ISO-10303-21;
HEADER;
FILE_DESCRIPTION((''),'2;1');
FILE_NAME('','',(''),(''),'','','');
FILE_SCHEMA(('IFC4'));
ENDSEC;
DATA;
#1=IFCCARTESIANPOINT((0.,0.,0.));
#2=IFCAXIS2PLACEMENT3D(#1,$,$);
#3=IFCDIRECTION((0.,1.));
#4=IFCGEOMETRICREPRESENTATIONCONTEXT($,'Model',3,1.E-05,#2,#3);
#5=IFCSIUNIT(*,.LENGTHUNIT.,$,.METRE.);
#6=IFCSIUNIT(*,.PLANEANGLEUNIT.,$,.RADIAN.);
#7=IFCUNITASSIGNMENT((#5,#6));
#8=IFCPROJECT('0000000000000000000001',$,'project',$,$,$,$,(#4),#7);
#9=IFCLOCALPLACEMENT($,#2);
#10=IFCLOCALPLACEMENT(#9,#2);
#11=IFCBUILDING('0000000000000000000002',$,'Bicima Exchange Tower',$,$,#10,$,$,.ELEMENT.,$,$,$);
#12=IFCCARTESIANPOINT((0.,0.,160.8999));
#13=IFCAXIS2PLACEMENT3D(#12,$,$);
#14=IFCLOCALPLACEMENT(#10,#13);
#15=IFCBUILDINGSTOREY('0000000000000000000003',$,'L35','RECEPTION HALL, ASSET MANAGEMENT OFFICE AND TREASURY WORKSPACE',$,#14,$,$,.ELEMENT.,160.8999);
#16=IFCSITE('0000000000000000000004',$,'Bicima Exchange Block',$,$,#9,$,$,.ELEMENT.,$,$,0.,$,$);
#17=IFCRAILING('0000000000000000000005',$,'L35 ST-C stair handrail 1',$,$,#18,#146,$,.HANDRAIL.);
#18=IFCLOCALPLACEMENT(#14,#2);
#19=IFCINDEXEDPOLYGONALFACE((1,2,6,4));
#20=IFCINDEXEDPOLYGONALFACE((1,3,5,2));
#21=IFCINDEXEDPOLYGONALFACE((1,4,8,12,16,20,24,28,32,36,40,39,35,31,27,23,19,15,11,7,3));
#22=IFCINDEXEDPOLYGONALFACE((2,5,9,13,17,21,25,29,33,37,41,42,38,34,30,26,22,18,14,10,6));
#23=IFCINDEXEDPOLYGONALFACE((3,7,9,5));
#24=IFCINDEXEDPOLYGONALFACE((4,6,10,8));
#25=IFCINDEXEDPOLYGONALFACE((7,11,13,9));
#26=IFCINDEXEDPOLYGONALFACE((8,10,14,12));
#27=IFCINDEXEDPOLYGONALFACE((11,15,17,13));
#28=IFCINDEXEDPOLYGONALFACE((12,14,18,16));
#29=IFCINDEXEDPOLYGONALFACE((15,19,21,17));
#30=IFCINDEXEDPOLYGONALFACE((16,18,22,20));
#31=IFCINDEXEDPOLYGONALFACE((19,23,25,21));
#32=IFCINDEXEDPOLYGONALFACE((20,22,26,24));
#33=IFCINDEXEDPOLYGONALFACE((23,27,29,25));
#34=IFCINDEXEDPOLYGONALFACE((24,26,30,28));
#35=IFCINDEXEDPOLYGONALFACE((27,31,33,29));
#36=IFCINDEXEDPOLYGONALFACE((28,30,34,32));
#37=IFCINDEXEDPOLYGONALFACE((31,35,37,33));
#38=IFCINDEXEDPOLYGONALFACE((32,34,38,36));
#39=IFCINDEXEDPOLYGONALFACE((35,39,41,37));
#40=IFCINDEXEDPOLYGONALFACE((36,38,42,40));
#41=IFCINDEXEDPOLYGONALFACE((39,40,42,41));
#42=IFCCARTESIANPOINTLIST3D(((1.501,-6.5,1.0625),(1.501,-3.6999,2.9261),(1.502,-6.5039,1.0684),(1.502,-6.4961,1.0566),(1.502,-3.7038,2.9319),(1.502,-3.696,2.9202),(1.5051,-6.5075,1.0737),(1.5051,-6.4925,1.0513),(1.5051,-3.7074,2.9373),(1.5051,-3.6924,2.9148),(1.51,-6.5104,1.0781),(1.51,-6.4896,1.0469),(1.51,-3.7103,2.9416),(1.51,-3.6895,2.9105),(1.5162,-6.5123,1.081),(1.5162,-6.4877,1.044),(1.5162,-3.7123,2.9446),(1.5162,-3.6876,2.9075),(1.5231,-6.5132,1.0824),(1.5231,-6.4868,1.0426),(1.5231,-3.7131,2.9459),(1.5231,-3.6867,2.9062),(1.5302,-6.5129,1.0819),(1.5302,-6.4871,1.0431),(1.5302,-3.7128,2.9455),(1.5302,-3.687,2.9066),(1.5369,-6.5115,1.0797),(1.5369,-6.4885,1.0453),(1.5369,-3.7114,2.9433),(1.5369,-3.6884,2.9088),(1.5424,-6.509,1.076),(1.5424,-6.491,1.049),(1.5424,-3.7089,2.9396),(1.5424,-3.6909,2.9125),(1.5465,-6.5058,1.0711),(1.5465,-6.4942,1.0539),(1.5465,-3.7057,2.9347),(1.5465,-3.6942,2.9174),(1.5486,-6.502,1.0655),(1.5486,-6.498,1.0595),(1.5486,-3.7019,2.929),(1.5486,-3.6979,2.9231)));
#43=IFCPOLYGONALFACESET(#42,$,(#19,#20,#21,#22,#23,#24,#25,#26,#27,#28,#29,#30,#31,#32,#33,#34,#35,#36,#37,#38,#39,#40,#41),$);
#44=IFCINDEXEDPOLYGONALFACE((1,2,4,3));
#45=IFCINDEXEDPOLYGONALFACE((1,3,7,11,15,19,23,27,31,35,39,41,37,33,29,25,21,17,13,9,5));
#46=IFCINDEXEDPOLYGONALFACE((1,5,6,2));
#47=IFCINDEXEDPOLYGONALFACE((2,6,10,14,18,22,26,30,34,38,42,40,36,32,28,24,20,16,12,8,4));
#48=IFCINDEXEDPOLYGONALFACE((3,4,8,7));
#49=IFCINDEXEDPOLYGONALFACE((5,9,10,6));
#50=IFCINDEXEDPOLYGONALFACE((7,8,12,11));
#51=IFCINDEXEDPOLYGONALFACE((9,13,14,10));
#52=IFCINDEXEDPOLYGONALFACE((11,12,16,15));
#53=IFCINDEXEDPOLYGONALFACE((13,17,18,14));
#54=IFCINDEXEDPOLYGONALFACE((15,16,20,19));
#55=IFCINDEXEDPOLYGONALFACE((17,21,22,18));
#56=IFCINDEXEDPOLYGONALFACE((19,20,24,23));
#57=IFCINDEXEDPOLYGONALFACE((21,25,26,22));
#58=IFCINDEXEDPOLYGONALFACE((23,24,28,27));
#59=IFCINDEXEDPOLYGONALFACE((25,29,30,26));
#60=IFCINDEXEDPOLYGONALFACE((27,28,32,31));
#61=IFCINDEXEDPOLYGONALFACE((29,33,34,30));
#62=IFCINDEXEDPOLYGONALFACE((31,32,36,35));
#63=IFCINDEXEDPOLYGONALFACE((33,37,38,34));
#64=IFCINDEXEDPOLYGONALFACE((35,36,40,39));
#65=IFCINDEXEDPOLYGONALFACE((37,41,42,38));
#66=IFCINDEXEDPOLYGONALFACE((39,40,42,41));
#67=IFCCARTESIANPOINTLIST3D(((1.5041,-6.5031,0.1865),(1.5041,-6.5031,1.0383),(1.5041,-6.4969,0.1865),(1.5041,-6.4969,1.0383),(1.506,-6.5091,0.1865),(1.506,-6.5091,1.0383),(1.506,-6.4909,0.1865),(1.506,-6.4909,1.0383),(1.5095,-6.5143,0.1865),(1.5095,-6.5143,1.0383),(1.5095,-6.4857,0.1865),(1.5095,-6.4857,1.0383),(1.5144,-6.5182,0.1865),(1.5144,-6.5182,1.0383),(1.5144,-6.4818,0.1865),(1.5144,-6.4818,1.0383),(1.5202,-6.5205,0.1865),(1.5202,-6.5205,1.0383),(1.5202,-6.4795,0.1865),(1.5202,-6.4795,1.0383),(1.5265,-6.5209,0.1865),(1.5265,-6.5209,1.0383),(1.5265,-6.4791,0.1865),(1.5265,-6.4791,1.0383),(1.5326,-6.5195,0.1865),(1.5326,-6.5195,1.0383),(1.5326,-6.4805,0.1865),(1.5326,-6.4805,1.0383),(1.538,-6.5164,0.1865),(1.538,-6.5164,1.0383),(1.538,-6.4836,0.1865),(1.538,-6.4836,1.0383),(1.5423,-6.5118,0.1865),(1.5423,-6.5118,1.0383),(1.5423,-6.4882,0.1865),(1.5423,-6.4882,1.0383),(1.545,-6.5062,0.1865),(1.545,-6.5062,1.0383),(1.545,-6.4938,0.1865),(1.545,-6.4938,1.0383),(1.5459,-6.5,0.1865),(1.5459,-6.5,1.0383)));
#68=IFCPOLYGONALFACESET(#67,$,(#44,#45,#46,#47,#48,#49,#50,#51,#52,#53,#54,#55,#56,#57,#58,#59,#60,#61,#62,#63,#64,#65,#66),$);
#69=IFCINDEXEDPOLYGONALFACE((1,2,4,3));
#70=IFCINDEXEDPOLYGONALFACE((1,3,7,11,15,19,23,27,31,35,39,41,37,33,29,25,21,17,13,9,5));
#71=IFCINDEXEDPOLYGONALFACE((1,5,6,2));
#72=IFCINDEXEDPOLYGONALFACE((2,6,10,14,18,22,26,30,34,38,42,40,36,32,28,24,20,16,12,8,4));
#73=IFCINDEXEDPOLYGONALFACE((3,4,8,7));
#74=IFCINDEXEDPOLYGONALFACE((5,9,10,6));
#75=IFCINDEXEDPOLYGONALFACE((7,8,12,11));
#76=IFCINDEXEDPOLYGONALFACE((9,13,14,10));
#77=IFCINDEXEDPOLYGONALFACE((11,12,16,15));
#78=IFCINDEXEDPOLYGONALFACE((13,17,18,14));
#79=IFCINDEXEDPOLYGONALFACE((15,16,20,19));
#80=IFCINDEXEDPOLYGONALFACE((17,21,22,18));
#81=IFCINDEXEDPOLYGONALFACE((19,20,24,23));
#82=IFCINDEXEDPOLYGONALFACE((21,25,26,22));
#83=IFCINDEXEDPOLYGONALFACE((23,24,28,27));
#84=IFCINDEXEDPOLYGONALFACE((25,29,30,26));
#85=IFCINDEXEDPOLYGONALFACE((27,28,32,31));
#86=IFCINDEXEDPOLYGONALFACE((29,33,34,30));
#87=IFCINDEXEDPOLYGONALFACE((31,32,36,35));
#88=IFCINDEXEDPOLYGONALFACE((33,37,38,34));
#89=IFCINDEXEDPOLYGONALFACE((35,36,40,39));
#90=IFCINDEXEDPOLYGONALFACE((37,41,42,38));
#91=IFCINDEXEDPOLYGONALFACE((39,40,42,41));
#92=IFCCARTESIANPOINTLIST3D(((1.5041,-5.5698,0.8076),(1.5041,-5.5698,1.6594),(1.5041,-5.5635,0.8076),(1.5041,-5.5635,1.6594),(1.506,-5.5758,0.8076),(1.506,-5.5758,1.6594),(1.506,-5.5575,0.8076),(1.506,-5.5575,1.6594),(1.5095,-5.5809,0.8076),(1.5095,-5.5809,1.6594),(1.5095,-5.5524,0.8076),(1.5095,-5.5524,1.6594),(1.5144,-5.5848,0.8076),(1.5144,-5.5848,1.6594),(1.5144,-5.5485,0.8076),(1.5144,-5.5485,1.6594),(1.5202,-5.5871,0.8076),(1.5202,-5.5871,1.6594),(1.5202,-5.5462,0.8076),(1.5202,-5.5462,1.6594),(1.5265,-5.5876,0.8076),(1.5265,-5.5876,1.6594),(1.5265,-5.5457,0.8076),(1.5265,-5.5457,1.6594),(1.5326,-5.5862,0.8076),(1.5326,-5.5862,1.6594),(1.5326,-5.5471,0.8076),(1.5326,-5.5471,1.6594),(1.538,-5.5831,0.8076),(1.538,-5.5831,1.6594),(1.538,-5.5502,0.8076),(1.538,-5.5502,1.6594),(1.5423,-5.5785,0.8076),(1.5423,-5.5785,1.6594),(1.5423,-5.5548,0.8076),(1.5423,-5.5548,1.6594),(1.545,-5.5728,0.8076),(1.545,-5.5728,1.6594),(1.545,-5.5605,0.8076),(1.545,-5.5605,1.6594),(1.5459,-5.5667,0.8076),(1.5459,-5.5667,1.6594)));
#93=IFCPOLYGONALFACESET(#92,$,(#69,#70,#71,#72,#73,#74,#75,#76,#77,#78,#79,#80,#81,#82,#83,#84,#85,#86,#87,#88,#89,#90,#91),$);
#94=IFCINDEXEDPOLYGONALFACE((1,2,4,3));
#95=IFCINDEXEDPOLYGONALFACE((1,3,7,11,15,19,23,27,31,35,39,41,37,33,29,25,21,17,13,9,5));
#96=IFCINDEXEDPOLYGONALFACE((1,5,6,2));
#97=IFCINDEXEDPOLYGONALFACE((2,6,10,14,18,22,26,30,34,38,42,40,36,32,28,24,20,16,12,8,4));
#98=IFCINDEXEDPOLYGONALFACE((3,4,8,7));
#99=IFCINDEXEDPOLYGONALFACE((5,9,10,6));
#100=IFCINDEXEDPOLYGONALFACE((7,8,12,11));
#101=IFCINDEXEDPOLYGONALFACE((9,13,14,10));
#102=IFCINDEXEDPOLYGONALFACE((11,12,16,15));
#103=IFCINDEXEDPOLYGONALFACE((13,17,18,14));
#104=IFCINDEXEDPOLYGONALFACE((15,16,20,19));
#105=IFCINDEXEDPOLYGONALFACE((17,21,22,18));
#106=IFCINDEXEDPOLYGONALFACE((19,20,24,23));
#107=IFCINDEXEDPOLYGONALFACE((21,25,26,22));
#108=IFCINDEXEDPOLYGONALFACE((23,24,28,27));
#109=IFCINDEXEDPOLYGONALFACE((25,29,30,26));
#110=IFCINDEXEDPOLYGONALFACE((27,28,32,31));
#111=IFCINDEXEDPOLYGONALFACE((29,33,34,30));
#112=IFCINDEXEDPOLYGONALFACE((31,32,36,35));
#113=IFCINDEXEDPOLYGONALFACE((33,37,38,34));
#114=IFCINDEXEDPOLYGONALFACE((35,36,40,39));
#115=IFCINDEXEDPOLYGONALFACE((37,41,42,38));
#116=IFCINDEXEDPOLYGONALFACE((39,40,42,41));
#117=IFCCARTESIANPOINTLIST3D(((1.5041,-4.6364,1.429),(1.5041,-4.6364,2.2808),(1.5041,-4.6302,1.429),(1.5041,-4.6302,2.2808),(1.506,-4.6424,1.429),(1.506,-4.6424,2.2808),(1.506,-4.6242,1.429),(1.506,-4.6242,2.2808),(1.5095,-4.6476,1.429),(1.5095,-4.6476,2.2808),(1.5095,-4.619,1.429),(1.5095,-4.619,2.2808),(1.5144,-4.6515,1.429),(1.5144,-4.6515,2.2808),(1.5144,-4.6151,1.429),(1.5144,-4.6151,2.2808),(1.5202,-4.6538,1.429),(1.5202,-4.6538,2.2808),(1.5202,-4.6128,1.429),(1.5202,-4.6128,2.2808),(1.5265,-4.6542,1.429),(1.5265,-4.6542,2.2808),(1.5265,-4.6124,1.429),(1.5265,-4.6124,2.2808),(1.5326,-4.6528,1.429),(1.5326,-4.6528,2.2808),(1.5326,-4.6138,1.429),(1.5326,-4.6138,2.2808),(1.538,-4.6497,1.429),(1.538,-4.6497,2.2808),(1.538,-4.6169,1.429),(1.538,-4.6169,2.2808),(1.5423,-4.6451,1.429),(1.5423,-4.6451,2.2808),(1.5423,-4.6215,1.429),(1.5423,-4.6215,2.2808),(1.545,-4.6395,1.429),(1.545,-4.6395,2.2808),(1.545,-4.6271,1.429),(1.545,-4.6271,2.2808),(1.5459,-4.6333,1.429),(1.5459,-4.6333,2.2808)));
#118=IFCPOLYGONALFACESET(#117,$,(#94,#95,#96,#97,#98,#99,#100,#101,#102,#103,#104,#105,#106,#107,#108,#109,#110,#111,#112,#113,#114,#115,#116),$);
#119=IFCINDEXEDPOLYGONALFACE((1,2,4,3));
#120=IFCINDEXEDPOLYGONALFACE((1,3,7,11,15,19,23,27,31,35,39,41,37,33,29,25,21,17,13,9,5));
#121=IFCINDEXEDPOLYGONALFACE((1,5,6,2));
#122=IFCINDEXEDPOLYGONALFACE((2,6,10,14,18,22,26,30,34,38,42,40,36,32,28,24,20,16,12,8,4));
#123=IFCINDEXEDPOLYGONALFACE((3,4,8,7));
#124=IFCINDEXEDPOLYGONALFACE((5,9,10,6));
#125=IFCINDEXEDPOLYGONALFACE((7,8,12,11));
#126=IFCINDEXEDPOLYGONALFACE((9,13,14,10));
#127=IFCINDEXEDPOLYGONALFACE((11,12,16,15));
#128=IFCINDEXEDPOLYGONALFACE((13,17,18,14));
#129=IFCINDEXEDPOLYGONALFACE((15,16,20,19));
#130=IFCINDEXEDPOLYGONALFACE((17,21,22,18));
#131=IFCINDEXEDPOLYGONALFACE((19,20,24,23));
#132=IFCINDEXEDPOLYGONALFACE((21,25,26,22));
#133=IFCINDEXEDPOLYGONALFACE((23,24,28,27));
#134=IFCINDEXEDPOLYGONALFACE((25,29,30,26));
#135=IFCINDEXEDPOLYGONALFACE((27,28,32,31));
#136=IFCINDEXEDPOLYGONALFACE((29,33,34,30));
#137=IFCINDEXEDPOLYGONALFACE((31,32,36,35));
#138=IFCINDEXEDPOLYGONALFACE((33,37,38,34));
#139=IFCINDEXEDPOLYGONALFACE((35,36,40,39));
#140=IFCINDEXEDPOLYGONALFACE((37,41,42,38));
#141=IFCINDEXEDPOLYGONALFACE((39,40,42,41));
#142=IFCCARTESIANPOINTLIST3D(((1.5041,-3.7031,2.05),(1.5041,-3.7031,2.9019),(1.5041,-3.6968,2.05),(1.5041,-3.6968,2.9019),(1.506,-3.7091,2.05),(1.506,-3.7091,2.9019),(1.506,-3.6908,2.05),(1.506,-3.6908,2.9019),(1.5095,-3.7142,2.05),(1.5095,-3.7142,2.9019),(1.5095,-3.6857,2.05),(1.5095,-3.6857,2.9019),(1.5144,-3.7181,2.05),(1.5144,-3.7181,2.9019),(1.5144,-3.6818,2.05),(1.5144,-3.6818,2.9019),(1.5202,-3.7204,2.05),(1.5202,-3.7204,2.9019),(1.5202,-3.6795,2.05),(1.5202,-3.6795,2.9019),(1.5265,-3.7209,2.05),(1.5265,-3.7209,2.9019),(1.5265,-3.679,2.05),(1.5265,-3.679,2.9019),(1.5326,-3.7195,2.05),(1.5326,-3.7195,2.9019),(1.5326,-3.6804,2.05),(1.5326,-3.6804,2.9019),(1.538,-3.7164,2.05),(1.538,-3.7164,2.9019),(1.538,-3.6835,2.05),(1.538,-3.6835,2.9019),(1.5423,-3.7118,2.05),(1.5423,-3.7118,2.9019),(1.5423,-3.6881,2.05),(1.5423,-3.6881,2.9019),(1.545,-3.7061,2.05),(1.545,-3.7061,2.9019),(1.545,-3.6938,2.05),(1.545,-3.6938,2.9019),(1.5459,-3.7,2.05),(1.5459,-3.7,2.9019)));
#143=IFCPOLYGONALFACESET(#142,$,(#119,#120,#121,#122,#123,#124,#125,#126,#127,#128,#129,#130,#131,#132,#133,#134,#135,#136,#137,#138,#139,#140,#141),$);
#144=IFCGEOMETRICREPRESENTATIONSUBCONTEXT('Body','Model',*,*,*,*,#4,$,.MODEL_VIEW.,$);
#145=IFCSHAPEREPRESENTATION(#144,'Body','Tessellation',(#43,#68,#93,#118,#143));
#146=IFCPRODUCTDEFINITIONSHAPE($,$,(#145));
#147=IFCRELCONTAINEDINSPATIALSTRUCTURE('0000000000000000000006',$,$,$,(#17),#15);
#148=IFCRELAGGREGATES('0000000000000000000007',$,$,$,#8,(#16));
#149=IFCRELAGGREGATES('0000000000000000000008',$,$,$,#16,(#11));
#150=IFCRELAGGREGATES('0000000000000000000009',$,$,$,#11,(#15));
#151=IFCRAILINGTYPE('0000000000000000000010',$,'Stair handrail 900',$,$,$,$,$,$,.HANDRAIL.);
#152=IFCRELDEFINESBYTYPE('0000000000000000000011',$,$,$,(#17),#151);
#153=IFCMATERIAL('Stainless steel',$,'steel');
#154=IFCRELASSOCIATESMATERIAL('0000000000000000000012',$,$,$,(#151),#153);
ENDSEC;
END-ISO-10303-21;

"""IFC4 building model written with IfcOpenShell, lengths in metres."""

from ifc_helpers import new_model, si_unit, direction, frame, origin, origin_2d, place, context, subcontext, project, spatial, circle, extrude, material, type_object, element, save


model = new_model("IFC4")

# Units and contexts
model_context = context("Model", 3, precision=1e-05, world=origin(), true_north=direction((0.0, 1.0)))
body_context = subcontext(model_context, "Body", "Model", "MODEL_VIEW")
ifc_project = project(units=[si_unit("LENGTHUNIT", "METRE"), si_unit("PLANEANGLEUNIT", "RADIAN")], contexts=[model_context])

# Site, building, storey
site_placement = place(None, origin())
site = spatial("IfcSite", under=ifc_project, at=site_placement, Name="Bicima Exchange Block", CompositionType="ELEMENT", RefElevation=0.0)
building_placement = place(site_placement, origin())
building = spatial("IfcBuilding", under=site, at=building_placement, Name="Bicima Exchange Tower", CompositionType="ELEMENT")
storey_placement = place(building_placement, frame((0.0, 0.0, 160.8999)))
storey = spatial("IfcBuildingStorey", under=building, at=storey_placement, Name="L35", Description="RECEPTION HALL, ASSET MANAGEMENT OFFICE AND TREASURY WORKSPACE", CompositionType="ELEMENT", Elevation=160.8999)

# Shared definitions
ifc_material_1 = material(Name="Stainless steel", Category="steel")

# Railing
railing_type_1 = type_object("IfcRailingType", Name="Stair handrail 900", PredefinedType="HANDRAIL", material=ifc_material_1)
railing_1_placement = place(storey_placement, frame((1.5249, -6.5, 0.1865)))
element("IfcRailing", 1, at=railing_1_placement, inside=storey, type_object=railing_type_1, Name="L35 ST-C stair handrail 1", PredefinedType="HANDRAIL", context=body_context, shape_type="SweptSolid", body=[
    extrude(circle(Radius=0.0239, at=origin_2d()), frame((0.0, 0.0, 0.876), z_axis=(0.0, 0.832486, 0.554047), x_axis=(-1.0, 0.0, 0.0)), (0.0, 0.0, 1.0), 3.3635),
    extrude(circle(Radius=0.021, at=origin_2d()), origin(), (0.0, 0.0, 1.0), 0.8518),
    extrude(circle(Radius=0.021, at=origin_2d()), frame((0.0, 0.9333, 0.6211)), (0.0, 0.0, 1.0), 0.8518),
    extrude(circle(Radius=0.021, at=origin_2d()), frame((0.0, 1.8667, 1.2424)), (0.0, 0.0, 1.0), 0.8518),
    extrude(circle(Radius=0.021, at=origin_2d()), frame((0.0, 2.8, 1.8635)), (0.0, 0.0, 1.0), 0.8518),
])

save(model, "model.ifc")
